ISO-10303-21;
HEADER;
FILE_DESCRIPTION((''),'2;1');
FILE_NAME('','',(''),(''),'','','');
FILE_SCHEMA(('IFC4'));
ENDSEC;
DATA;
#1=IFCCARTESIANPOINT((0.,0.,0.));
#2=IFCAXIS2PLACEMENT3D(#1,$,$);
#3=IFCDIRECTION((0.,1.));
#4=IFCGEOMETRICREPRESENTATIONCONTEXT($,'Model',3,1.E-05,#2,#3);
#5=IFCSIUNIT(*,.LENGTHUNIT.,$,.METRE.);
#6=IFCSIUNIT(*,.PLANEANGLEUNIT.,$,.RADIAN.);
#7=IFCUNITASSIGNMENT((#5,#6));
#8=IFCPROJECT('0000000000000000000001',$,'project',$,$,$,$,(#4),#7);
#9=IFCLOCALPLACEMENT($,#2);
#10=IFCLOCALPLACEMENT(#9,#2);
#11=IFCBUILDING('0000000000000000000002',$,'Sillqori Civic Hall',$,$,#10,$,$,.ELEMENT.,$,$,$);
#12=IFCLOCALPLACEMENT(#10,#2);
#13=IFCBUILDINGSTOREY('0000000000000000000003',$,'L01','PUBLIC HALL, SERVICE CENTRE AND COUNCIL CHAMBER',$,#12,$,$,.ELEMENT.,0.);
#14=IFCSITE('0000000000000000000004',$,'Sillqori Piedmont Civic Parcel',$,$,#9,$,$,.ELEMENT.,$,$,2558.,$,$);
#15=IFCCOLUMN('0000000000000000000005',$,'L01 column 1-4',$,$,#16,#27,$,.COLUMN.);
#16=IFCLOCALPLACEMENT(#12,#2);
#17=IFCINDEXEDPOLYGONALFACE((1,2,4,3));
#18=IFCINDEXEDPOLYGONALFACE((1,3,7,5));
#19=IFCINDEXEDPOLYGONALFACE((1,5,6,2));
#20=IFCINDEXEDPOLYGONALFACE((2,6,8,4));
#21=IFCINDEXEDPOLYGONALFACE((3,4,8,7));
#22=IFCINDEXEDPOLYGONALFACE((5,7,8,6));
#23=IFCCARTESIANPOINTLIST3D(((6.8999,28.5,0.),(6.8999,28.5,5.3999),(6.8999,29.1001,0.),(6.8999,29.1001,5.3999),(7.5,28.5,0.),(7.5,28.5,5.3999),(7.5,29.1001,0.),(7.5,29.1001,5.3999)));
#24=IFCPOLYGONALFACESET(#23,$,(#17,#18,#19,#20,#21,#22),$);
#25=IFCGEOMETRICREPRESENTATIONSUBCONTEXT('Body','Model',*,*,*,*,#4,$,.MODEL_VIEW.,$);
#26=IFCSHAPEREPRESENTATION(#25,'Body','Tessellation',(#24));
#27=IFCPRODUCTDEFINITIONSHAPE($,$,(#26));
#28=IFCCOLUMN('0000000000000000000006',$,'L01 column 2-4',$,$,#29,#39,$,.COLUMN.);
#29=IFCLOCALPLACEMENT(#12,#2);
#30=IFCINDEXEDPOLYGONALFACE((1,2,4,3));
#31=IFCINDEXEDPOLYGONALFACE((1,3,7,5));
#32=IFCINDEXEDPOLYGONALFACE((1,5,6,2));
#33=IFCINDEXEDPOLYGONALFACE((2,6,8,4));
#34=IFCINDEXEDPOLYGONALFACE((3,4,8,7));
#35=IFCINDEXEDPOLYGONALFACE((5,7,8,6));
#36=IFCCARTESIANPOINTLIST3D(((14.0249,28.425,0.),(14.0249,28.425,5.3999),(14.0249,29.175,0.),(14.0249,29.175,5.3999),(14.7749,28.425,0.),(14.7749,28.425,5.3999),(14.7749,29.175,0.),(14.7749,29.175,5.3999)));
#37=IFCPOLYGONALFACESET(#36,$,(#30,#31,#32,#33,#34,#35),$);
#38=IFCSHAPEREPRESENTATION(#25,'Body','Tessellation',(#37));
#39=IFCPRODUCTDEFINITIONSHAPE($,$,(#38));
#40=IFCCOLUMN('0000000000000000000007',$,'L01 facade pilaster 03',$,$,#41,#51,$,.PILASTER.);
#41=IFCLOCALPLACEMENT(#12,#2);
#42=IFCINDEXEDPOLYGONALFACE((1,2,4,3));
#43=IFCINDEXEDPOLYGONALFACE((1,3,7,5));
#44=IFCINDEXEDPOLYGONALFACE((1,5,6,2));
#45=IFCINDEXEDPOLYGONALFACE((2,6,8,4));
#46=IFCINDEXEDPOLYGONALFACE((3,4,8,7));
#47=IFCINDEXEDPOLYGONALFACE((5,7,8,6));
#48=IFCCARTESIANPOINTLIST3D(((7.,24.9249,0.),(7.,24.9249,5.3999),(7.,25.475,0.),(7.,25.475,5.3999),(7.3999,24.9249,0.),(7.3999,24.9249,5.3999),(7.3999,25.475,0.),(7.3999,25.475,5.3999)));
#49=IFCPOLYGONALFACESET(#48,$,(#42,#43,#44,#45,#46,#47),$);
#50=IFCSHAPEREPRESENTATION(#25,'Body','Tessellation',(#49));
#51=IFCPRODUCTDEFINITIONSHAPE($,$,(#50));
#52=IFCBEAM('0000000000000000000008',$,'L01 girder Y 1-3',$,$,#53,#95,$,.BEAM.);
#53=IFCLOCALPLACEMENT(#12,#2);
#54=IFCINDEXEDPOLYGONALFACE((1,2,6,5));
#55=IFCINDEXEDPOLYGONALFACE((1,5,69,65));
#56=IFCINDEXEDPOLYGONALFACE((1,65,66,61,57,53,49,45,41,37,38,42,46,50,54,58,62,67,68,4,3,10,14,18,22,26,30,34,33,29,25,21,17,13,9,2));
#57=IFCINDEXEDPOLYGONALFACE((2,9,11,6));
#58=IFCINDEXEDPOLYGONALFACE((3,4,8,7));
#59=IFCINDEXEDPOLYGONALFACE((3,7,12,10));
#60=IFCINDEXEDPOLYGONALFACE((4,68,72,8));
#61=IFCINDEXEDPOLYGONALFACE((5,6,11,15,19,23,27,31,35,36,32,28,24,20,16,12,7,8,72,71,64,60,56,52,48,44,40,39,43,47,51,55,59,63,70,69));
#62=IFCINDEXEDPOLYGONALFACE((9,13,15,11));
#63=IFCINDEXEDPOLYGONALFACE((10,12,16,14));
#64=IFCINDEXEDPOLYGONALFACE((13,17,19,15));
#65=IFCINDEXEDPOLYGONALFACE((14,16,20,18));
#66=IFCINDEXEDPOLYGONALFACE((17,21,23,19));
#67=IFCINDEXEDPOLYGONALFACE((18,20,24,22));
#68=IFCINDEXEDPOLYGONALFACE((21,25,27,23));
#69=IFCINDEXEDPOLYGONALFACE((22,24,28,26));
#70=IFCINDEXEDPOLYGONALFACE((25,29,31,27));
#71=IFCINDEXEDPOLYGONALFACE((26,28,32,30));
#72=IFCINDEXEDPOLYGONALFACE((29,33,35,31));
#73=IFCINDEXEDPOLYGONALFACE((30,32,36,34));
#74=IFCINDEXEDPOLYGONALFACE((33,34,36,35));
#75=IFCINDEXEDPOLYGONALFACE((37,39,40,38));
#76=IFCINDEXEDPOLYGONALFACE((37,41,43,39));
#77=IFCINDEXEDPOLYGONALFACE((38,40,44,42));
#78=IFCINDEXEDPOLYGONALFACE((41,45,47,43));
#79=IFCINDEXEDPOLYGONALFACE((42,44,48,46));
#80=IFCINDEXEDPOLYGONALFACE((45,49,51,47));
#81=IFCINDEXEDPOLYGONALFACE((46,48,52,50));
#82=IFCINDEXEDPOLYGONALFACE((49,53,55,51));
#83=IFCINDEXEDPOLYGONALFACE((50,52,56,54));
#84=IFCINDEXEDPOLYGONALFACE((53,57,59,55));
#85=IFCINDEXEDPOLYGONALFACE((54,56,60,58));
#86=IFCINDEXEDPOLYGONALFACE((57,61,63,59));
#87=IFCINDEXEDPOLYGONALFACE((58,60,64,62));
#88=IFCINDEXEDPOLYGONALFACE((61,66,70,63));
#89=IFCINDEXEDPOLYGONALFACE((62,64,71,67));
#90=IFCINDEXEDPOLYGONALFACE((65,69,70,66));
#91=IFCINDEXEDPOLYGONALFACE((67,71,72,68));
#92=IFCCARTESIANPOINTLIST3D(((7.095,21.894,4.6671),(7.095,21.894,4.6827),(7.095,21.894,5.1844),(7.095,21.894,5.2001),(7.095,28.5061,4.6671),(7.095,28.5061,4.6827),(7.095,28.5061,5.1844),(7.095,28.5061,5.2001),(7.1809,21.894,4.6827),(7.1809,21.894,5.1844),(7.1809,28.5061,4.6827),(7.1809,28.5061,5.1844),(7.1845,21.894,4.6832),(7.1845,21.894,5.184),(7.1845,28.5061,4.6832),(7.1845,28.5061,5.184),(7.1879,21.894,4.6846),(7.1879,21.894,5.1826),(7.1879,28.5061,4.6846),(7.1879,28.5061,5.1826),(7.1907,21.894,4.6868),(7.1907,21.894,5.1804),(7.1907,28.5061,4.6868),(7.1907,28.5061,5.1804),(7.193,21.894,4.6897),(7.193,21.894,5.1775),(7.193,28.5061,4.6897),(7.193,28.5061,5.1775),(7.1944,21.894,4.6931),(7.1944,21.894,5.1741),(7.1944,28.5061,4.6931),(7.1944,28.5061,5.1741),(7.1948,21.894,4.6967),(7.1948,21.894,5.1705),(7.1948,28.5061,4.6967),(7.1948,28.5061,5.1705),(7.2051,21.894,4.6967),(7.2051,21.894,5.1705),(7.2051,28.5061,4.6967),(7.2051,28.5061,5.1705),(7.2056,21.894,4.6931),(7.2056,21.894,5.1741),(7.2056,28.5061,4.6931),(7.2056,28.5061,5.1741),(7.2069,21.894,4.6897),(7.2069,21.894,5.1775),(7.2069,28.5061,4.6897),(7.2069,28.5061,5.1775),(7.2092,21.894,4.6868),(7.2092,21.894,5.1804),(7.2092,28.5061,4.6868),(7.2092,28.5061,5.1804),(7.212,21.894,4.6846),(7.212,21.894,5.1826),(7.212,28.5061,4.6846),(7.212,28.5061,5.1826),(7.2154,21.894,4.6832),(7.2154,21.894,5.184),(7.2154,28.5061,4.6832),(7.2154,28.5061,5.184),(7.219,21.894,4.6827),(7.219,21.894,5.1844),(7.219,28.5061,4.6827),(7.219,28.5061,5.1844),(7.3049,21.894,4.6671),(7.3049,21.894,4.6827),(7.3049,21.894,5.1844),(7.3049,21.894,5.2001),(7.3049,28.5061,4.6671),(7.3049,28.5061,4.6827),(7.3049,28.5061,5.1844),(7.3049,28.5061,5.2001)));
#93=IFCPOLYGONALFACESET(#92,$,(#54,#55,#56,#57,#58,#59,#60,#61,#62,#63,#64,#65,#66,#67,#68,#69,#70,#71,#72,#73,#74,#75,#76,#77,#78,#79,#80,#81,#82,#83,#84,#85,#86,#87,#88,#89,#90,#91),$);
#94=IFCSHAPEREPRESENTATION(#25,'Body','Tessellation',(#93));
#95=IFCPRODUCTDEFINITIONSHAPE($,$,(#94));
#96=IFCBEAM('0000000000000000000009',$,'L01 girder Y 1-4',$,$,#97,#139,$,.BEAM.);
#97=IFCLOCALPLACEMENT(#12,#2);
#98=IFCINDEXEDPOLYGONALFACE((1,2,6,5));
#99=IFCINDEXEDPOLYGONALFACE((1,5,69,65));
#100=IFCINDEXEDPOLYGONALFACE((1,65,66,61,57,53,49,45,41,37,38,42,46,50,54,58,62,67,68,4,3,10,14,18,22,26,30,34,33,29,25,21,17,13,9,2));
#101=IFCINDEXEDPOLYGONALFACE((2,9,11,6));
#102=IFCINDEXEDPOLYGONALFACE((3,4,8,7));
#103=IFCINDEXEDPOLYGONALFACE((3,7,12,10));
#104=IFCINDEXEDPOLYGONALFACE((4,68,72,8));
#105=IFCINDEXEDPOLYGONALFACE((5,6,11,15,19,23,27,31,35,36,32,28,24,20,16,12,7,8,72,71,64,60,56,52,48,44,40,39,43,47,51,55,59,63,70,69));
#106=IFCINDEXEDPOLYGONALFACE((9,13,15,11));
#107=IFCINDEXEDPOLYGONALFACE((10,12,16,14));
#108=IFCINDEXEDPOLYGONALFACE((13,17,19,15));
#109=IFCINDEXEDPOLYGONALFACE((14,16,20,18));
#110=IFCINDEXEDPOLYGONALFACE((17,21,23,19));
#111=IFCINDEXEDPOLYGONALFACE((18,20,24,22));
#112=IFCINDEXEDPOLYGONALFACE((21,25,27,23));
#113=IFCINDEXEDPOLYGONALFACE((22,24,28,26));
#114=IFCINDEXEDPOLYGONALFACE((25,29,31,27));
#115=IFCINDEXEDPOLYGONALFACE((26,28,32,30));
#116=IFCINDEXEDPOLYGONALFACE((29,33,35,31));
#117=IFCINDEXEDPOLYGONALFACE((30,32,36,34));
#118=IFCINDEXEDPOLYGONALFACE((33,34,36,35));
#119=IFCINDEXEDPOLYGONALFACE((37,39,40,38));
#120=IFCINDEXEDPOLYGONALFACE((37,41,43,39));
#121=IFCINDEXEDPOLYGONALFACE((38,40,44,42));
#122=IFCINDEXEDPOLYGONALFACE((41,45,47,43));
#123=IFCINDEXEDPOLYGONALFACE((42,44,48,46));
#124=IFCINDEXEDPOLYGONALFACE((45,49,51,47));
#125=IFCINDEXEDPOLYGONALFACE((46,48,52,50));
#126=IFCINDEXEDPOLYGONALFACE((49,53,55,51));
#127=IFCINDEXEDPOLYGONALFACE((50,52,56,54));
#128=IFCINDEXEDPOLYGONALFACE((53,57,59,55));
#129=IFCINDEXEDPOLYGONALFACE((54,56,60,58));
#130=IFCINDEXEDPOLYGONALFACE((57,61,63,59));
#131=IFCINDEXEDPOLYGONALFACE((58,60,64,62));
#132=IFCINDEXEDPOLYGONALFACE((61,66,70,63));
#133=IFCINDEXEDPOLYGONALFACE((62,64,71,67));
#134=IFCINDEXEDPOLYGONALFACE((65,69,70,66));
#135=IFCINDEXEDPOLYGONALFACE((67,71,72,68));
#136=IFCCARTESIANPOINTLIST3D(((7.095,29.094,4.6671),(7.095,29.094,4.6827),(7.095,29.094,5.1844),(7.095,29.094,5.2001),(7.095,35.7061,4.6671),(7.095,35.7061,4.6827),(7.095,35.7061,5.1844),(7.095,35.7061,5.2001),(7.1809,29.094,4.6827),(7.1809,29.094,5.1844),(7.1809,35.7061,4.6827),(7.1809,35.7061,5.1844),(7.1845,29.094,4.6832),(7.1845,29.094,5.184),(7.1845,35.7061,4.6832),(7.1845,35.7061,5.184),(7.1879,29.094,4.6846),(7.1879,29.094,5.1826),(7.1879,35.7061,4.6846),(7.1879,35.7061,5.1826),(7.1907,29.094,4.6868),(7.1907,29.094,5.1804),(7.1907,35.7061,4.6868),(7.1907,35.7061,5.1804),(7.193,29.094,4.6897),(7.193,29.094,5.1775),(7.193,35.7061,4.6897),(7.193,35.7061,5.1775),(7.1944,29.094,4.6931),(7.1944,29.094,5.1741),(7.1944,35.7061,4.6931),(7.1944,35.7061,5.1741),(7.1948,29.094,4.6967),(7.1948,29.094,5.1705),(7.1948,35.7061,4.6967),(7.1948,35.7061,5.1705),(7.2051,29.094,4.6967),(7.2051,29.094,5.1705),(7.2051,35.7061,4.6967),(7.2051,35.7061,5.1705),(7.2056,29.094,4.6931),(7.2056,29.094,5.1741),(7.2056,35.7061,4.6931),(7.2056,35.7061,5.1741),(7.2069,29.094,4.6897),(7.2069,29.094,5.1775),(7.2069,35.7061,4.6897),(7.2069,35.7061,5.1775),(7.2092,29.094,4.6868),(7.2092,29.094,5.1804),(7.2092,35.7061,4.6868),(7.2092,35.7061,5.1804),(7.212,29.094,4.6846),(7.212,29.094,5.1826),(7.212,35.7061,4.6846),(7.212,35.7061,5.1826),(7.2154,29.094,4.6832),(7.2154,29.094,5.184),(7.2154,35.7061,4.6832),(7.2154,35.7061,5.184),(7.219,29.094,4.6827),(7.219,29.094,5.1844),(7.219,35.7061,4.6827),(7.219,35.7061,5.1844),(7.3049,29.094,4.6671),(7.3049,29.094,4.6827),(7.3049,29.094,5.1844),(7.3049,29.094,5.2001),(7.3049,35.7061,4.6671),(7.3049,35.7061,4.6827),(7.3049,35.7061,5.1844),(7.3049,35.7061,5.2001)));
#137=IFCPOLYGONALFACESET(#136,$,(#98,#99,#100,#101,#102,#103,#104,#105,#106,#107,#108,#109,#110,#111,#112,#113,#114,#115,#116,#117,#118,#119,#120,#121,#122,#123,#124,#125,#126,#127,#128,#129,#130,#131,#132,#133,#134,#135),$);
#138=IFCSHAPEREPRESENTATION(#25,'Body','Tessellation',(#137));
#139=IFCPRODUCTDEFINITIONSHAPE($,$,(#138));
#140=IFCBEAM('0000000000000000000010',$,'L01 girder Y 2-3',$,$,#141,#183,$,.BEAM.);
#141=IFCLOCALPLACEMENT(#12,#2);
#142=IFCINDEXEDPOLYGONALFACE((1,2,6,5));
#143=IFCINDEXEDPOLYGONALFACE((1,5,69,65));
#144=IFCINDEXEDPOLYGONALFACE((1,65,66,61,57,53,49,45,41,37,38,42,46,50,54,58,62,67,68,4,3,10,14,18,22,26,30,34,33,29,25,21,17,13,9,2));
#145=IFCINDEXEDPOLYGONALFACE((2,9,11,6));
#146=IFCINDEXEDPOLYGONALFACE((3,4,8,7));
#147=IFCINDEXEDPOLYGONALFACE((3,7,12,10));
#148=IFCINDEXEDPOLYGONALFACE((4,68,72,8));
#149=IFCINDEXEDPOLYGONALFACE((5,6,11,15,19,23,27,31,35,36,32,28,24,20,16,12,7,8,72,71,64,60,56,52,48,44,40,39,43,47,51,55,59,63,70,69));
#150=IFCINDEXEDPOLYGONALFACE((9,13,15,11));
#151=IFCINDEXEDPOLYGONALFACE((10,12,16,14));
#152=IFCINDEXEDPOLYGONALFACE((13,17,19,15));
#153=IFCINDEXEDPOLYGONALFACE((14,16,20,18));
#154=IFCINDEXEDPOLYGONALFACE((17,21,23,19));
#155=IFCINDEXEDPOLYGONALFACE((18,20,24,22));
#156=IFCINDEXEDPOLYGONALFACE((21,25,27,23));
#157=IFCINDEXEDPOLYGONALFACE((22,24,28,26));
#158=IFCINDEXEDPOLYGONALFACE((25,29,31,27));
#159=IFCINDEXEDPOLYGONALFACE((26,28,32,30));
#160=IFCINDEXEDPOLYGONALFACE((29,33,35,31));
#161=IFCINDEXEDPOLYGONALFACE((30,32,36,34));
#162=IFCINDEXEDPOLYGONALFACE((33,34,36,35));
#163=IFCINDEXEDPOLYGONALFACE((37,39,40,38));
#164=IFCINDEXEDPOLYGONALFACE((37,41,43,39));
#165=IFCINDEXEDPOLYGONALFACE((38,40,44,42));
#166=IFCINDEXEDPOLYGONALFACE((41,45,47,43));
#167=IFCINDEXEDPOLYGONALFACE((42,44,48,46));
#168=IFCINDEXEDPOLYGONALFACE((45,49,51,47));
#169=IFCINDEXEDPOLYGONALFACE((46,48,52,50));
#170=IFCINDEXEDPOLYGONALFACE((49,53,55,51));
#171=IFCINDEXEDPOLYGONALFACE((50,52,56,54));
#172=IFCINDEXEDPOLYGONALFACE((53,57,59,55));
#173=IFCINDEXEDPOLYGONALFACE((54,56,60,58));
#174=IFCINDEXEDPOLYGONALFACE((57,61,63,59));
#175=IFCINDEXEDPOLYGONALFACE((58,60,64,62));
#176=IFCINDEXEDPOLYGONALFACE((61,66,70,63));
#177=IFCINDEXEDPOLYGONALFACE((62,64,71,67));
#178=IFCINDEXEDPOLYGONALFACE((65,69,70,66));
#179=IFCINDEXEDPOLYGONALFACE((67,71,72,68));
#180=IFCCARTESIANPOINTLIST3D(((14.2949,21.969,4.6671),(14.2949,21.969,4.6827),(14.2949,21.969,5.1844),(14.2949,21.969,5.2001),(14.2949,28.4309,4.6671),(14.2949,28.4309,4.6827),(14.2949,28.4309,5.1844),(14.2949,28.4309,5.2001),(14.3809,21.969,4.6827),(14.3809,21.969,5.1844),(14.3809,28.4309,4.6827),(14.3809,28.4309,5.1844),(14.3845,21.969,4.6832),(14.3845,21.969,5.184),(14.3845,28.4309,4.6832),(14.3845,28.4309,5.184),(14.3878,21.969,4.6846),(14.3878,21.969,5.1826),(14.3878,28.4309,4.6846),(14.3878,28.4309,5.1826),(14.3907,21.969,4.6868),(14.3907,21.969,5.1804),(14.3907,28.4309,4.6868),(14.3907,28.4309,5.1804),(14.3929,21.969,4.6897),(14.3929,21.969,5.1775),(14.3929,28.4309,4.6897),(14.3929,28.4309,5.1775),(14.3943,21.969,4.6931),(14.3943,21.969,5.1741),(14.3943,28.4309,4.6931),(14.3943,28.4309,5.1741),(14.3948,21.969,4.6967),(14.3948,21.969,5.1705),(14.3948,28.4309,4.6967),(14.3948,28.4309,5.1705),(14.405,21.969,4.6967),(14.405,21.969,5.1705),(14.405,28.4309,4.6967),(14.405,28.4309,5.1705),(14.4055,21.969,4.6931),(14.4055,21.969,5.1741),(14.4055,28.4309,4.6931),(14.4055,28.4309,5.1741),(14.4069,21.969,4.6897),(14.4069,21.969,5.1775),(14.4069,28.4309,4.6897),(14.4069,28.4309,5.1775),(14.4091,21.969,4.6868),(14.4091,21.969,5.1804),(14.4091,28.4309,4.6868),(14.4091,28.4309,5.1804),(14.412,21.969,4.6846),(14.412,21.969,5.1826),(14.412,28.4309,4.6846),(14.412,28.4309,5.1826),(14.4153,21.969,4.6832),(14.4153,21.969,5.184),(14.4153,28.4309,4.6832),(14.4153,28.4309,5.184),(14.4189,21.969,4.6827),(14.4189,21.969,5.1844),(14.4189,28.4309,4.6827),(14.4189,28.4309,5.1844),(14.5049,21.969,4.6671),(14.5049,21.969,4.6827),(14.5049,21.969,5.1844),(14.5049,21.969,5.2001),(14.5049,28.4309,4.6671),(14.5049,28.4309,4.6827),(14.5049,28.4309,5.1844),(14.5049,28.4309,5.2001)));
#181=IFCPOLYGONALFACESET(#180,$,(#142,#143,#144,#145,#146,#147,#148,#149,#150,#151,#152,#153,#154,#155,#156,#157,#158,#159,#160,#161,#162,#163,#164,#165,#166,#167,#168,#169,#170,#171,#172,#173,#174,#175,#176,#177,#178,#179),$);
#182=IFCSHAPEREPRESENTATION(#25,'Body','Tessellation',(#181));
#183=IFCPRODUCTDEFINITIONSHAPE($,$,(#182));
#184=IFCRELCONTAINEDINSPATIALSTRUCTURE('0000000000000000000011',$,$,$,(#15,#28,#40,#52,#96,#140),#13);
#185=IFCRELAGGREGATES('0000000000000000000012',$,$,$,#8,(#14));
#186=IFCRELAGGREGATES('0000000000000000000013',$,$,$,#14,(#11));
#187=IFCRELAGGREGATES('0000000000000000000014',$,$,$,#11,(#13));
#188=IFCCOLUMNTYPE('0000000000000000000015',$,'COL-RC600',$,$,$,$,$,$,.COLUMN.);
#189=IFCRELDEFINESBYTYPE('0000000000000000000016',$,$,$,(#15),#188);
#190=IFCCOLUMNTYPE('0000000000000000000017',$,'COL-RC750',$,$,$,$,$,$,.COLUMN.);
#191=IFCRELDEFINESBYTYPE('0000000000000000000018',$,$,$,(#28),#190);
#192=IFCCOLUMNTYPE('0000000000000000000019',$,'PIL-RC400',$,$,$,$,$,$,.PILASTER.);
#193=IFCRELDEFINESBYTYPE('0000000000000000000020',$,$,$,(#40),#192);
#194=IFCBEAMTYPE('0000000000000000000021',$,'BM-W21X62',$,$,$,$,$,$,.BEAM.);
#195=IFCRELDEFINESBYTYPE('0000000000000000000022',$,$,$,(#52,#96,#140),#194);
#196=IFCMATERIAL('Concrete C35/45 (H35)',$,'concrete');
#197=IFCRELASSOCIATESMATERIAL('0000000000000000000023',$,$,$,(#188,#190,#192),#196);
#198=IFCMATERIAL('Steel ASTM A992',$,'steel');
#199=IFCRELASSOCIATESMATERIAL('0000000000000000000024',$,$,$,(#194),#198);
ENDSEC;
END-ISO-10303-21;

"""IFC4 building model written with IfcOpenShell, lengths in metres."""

from ifc_helpers import new_model, si_unit, direction, frame, origin, origin_2d, place, context, subcontext, project, spatial, rectangle, i_section, extrude, material, material_profile, profile_set, type_object, element, save


model = new_model("IFC4")

# Units and contexts
model_context = context("Model", 3, precision=1e-05, world=origin(), true_north=direction((0.0, 1.0)))
body_context = subcontext(model_context, "Body", "Model", "MODEL_VIEW")
ifc_project = project(units=[si_unit("LENGTHUNIT", "METRE"), si_unit("PLANEANGLEUNIT", "RADIAN")], contexts=[model_context])

# Site, building, storey
site_placement = place(None, origin())
site = spatial("IfcSite", under=ifc_project, at=site_placement, Name="Sillqori Piedmont Civic Parcel", CompositionType="ELEMENT", RefElevation=2558.0)
building_placement = place(site_placement, origin())
building = spatial("IfcBuilding", under=site, at=building_placement, Name="Sillqori Civic Hall", CompositionType="ELEMENT")
storey_placement = place(building_placement, origin())
storey = spatial("IfcBuildingStorey", under=building, at=storey_placement, Name="L01", Description="PUBLIC HALL, SERVICE CENTRE AND COUNCIL CHAMBER", CompositionType="ELEMENT", Elevation=0.0)

# Columns
ifc_material_1 = material(Name="Concrete C35/45 (H35)", Category="concrete")
ifc_material_profile_1 = material_profile(ifc_material_1, rectangle(XDim=0.6001, YDim=0.6001, at=origin_2d()), Name="RC 600x600")
ifc_profile_set_1 = profile_set([ifc_material_profile_1], Name="Concrete C35/45 (H35)")
column_type_1 = type_object("IfcColumnType", Name="COL-RC600", PredefinedType="COLUMN", material=ifc_profile_set_1)
column_1_placement = place(storey_placement, frame((7.2, 28.8, 0.0), z_axis=(0.0, 0.0, 1.0), x_axis=(1.0, 0.0, 0.0)))
element("IfcColumn", 1, at=column_1_placement, inside=storey, type_object=column_type_1, Name="L01 column 1-4", PredefinedType="COLUMN", context=body_context, shape_type="SweptSolid", body=[
    extrude(rectangle(XDim=0.6001, YDim=0.6001, at=origin_2d()), origin(), (0.0, 0.0, 1.0), 5.3999),
])
ifc_material_profile_2 = material_profile(ifc_material_1, rectangle(XDim=0.75, YDim=0.75, at=origin_2d()), Name="RC 750x750")
ifc_profile_set_2 = profile_set([ifc_material_profile_2], Name="Concrete C35/45 (H35)")
column_type_2 = type_object("IfcColumnType", Name="COL-RC750", PredefinedType="COLUMN", material=ifc_profile_set_2)
column_2_placement = place(storey_placement, frame((14.3999, 28.8, 0.0), z_axis=(0.0, 0.0, 1.0), x_axis=(1.0, 0.0, 0.0)))
element("IfcColumn", 2, at=column_2_placement, inside=storey, type_object=column_type_2, Name="L01 column 2-4", PredefinedType="COLUMN", context=body_context, shape_type="SweptSolid", body=[
    extrude(rectangle(XDim=0.75, YDim=0.75, at=origin_2d()), origin(), (0.0, 0.0, 1.0), 5.3999),
])
ifc_material_profile_3 = material_profile(ifc_material_1, rectangle(XDim=0.3999, YDim=0.55, at=origin_2d()), Name="RC 400x550")
ifc_profile_set_3 = profile_set([ifc_material_profile_3], Name="Concrete C35/45 (H35)")
column_type_3 = type_object("IfcColumnType", Name="PIL-RC400", PredefinedType="PILASTER", material=ifc_profile_set_3)
column_3_placement = place(storey_placement, frame((7.2, 25.2, 0.0), z_axis=(0.0, 0.0, 1.0), x_axis=(1.0, 0.0, 0.0)))
element("IfcColumn", 3, at=column_3_placement, inside=storey, type_object=column_type_3, Name="L01 facade pilaster 03", PredefinedType="PILASTER", context=body_context, shape_type="SweptSolid", body=[
    extrude(rectangle(XDim=0.3999, YDim=0.55, at=origin_2d()), origin(), (0.0, 0.0, 1.0), 5.3999),
])

# Beams
ifc_material_2 = material(Name="Steel ASTM A992", Category="steel")
ifc_material_profile_4 = material_profile(ifc_material_2, i_section(OverallWidth=0.21, OverallDepth=0.533, WebThickness=0.0103, FlangeThickness=0.0156, FilletRadius=0.0139, at=origin_2d()), Name="W21X62")
ifc_profile_set_4 = profile_set([ifc_material_profile_4], Name="Steel ASTM A992")
beam_type_1 = type_object("IfcBeamType", Name="BM-W21X62", PredefinedType="BEAM", material=ifc_profile_set_4)
for number, where, z_axis, x_axis, name in (
    (4, (7.2, 21.894, 4.9336), (0.0, 1.0, 0.0), (-1.0, 0.0, 0.0), "L01 girder Y 1-3"),
    (5, (7.2, 29.094, 4.9336), (0.0, 1.0, 0.0), (-1.0, 0.0, 0.0), "L01 girder Y 1-4"),
):
    element("IfcBeam", number, at=place(storey_placement, frame(where, z_axis=z_axis, x_axis=x_axis)), inside=storey, type_object=beam_type_1, Name=name, PredefinedType="BEAM", context=body_context, shape_type="SweptSolid", body=[
        extrude(i_section(OverallWidth=0.21, OverallDepth=0.533, WebThickness=0.0103, FlangeThickness=0.0156, FilletRadius=0.0139, at=origin_2d()), origin(), (0.0, 0.0, 1.0), 6.6121),
    ])
beam_1_placement = place(storey_placement, frame((14.3999, 21.969, 4.9336), z_axis=(0.0, 1.0, 0.0), x_axis=(-1.0, 0.0, 0.0)))
element("IfcBeam", 6, at=beam_1_placement, inside=storey, type_object=beam_type_1, Name="L01 girder Y 2-3", PredefinedType="BEAM", context=body_context, shape_type="SweptSolid", body=[
    extrude(i_section(OverallWidth=0.21, OverallDepth=0.533, WebThickness=0.0103, FlangeThickness=0.0156, FilletRadius=0.0139, at=origin_2d()), origin(), (0.0, 0.0, 1.0), 6.4619),
])

save(model, "model.ifc")
